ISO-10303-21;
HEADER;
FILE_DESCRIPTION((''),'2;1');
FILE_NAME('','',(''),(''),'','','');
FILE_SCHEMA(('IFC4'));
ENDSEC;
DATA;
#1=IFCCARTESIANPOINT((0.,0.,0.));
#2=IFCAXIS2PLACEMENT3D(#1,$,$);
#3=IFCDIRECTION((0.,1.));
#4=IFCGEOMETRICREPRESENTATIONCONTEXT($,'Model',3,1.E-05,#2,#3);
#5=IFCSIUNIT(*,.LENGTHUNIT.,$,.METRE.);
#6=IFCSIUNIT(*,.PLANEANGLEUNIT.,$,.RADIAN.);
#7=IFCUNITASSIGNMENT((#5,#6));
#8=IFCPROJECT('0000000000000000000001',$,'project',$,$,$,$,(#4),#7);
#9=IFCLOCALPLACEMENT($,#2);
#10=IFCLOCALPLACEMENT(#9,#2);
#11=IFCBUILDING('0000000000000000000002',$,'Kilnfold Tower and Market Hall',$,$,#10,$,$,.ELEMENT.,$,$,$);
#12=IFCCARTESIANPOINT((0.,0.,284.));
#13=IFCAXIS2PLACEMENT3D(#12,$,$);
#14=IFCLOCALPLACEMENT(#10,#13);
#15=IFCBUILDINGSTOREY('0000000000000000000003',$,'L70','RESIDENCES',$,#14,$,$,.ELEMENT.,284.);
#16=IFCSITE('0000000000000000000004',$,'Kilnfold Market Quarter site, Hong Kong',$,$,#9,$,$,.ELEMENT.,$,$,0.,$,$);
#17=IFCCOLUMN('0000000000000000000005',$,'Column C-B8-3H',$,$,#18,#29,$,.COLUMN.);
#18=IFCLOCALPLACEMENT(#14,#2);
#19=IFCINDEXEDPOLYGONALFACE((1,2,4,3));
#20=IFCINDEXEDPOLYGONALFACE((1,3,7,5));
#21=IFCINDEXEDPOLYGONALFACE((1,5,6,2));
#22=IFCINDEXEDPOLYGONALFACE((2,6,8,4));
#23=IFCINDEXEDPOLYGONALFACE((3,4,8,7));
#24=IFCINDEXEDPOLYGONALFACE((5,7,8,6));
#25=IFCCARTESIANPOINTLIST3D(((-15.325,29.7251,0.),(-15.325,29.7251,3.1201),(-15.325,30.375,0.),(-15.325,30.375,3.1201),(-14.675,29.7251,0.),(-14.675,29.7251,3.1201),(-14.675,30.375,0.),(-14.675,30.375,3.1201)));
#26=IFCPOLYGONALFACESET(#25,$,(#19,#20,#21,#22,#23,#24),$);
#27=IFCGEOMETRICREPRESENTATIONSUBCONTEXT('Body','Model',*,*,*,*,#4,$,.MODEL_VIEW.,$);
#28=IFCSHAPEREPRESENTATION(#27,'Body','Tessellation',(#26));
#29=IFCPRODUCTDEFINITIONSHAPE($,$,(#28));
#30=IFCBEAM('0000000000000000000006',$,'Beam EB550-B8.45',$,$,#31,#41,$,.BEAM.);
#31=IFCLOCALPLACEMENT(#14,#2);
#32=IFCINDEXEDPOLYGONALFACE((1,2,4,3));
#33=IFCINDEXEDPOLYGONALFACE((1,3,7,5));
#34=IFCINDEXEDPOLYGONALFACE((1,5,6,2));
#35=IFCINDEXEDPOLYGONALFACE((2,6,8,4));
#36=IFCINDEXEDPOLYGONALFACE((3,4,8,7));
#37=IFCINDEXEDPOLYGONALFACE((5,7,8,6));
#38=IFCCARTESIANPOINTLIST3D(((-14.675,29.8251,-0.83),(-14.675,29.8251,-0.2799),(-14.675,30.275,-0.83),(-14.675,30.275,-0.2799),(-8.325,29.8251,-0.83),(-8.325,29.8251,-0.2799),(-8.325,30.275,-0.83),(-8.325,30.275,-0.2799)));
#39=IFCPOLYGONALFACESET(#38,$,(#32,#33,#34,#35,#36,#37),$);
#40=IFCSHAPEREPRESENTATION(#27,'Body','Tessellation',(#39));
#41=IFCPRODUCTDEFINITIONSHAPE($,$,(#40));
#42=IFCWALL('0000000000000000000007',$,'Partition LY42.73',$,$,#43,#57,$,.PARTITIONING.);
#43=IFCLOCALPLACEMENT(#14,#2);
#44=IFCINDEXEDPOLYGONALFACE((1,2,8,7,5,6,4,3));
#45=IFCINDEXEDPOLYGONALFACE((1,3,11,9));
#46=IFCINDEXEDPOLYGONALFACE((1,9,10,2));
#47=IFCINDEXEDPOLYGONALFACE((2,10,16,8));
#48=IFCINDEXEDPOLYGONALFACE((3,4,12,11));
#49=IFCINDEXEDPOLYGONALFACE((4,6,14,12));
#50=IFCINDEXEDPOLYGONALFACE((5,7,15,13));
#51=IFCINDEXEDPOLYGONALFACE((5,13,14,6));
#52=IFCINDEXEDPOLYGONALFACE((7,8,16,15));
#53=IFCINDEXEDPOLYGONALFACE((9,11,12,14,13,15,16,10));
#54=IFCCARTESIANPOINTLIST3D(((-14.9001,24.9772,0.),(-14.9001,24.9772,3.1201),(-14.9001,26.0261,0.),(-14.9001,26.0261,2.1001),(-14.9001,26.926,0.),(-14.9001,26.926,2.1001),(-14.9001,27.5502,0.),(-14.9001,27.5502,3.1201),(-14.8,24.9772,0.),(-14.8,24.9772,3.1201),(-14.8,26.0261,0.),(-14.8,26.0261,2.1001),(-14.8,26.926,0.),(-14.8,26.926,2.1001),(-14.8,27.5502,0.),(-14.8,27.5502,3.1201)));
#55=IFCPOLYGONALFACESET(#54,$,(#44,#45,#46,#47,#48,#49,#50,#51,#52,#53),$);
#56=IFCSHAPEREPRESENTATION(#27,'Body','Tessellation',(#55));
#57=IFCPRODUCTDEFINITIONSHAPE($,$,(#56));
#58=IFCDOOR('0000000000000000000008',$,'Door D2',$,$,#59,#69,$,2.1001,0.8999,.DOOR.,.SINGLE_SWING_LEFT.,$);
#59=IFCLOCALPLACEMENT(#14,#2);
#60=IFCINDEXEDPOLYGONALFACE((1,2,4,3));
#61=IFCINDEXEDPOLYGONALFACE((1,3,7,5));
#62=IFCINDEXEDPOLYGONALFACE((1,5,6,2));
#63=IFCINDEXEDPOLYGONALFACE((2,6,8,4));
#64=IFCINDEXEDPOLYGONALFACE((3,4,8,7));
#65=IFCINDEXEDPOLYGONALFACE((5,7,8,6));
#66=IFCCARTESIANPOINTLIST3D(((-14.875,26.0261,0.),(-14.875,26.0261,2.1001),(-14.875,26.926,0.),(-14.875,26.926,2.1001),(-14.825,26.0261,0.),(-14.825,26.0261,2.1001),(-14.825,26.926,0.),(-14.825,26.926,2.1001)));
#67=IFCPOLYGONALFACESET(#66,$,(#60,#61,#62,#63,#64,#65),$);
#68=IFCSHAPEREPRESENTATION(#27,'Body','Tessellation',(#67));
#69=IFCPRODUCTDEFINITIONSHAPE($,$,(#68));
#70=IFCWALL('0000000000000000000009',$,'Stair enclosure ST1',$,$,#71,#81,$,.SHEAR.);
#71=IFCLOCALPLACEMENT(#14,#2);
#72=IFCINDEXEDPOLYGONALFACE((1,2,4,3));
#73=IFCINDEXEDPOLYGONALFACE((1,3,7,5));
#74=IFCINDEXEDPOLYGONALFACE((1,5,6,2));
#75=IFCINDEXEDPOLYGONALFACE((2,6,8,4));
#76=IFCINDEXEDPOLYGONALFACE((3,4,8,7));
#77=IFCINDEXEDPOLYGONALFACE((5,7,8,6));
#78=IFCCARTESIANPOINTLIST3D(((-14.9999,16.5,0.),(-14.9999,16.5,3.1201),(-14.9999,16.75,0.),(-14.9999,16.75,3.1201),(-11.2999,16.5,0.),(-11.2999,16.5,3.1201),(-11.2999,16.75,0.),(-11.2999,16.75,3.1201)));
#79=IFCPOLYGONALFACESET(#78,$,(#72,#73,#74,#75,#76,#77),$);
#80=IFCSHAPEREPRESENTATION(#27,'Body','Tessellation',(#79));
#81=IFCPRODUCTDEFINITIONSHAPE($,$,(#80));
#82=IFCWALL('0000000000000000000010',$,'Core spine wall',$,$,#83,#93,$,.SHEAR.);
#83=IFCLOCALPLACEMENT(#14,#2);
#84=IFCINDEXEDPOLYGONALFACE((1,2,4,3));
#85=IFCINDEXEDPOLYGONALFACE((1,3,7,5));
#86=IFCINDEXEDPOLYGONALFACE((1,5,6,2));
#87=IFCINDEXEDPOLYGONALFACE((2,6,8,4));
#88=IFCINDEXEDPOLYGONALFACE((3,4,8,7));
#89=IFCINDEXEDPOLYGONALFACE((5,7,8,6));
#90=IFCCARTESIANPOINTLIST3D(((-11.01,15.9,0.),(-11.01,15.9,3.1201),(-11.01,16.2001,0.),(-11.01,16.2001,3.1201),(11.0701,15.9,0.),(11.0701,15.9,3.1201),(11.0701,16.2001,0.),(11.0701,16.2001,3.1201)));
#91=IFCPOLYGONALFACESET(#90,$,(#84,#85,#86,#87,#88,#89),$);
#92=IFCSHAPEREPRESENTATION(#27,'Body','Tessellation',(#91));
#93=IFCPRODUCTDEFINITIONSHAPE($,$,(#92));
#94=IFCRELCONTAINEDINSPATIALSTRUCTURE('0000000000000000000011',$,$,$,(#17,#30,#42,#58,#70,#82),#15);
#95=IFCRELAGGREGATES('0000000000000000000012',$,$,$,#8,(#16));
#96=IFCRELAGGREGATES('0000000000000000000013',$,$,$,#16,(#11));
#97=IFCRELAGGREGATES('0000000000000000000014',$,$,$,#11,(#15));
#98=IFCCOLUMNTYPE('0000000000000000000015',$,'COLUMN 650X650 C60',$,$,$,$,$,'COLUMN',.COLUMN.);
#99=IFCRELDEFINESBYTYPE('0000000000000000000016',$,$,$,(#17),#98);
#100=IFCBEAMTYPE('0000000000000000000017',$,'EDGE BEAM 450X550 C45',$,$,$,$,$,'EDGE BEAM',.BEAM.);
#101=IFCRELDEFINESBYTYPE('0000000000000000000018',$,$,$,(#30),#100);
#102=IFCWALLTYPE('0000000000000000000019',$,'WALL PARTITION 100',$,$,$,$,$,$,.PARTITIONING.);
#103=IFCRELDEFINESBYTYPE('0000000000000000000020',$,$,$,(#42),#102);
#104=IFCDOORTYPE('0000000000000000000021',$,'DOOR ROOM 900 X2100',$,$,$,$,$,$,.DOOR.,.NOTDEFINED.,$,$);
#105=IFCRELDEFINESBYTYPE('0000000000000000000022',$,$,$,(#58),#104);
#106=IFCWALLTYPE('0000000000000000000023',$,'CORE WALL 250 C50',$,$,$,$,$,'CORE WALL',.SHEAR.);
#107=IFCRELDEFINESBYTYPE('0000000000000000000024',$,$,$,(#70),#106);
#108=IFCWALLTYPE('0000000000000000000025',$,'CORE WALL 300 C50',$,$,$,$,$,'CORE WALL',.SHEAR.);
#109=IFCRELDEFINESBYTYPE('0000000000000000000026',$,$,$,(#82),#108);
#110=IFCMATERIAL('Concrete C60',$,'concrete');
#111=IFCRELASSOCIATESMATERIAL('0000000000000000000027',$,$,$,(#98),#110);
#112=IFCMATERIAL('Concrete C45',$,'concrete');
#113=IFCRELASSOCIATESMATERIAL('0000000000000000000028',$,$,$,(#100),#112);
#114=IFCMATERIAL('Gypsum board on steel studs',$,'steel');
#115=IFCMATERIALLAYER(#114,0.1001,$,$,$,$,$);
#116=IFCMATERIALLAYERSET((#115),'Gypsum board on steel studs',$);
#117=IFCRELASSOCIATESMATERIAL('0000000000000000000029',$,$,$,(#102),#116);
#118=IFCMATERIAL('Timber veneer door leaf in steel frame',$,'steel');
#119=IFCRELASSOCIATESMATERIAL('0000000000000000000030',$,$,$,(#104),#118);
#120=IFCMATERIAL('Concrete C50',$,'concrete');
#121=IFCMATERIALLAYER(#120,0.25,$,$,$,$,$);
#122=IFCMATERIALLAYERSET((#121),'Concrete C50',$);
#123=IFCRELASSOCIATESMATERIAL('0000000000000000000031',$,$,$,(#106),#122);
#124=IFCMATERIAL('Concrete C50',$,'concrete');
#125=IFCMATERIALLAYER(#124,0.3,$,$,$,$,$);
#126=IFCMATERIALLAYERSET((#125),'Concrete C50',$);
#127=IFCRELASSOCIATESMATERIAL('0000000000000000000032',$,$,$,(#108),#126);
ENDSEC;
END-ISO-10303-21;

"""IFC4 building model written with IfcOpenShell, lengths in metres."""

from ifc_helpers import new_model, si_unit, direction, frame, frame_2d, origin, origin_2d, place, context, subcontext, project, spatial, rectangle, extrude, source, transform, mapped, material, layer, layer_set, material_profile, profile_set, type_object, element, fill, save


model = new_model("IFC4")

# Units and contexts
model_context = context("Model", 3, precision=1e-05, world=origin(), true_north=direction((0.0, 1.0)))
body_context = subcontext(model_context, "Body", "Model", "MODEL_VIEW")
ifc_project = project(units=[si_unit("LENGTHUNIT", "METRE"), si_unit("PLANEANGLEUNIT", "RADIAN")], contexts=[model_context])

# Site, building, storey
site_placement = place(None, origin())
site = spatial("IfcSite", under=ifc_project, at=site_placement, Name="Kilnfold Market Quarter site, Hong Kong", CompositionType="ELEMENT", RefElevation=0.0)
building_placement = place(site_placement, origin())
building = spatial("IfcBuilding", under=site, at=building_placement, Name="Kilnfold Tower and Market Hall", CompositionType="ELEMENT")
storey_placement = place(building_placement, frame((0.0, 0.0, 284.0)))
storey = spatial("IfcBuildingStorey", under=building, at=storey_placement, Name="L70", Description="RESIDENCES", CompositionType="ELEMENT", Elevation=284.0)

# Column
ifc_material_1 = material(Name="Concrete C60", Category="concrete")
ifc_material_profile_1 = material_profile(ifc_material_1, rectangle(XDim=0.6499, YDim=0.6499, at=origin_2d()), Name="RC 650x650")
ifc_profile_set_1 = profile_set([ifc_material_profile_1], Name="Concrete C60")
column_type = type_object("IfcColumnType", Name="COLUMN 650X650 C60", ElementType="COLUMN", PredefinedType="COLUMN", material=ifc_profile_set_1)
shared_shape_1 = source(origin(), body_context, "Body", "SweptSolid", [
    extrude(rectangle(XDim=0.6499, YDim=0.6499, at=origin_2d()), origin(), (0.0, 0.0, 1.0), 3.1201),
])
column_placement = place(storey_placement, frame((-15.0, 30.05, 0.0), z_axis=(0.0, 0.0, 1.0), x_axis=(1.0, 0.0, 0.0)))
element("IfcColumn", 1, at=column_placement, inside=storey, type_object=column_type, Name="Column C-B8-3H", PredefinedType="COLUMN", context=body_context, shape_type="MappedRepresentation", body=[
    mapped(shared_shape_1, transform((0.0, 0.0, 0.0))),
])

# Beam
ifc_material_2 = material(Name="Concrete C45", Category="concrete")
ifc_material_profile_2 = material_profile(ifc_material_2, rectangle(XDim=0.45, YDim=0.55, at=origin_2d()), Name="RC 450x550")
ifc_profile_set_2 = profile_set([ifc_material_profile_2], Name="Concrete C45")
beam_type = type_object("IfcBeamType", Name="EDGE BEAM 450X550 C45", ElementType="EDGE BEAM", PredefinedType="BEAM", material=ifc_profile_set_2)
shared_shape_2 = source(origin(), body_context, "Body", "SweptSolid", [
    extrude(rectangle(XDim=0.45, YDim=0.55, at=origin_2d()), origin(), (0.0, 0.0, 1.0), 6.3501),
])
beam_placement = place(storey_placement, frame((-14.675, 30.05, -0.5549), z_axis=(1.0, 0.0, 0.0), x_axis=(0.0, 1.0, 0.0)))
element("IfcBeam", 2, at=beam_placement, inside=storey, type_object=beam_type, Name="Beam EB550-B8.45", PredefinedType="BEAM", context=body_context, shape_type="MappedRepresentation", body=[
    mapped(shared_shape_2, transform((0.0, 0.0, 0.0))),
])

# Wall, opening, door
ifc_material_3 = material(Name="Gypsum board on steel studs", Category="steel")
ifc_layer_1 = layer(ifc_material_3, 0.1001)
ifc_layer_set_1 = layer_set([ifc_layer_1], Name="Gypsum board on steel studs")
wall_type_1 = type_object("IfcWallType", Name="WALL PARTITION 100", PredefinedType="PARTITIONING", material=ifc_layer_set_1)
wall_1_placement = place(storey_placement, frame((-14.8501, 24.9771, 0.0), z_axis=(0.0, 0.0, 1.0), x_axis=(0.0, 1.0, 0.0)))
wall_1 = element("IfcWall", 3, at=wall_1_placement, inside=storey, type_object=wall_type_1, Name="Partition LY42.73", PredefinedType="PARTITIONING", context=body_context, shape_type="SweptSolid", body=[
    extrude(rectangle(XDim=2.573, YDim=0.1001, at=frame_2d((1.2866, 0.0))), origin(), (0.0, 0.0, 1.0), 3.1201),
])
opening_1_placement = place(wall_1_placement, frame((1.0491, 0.0, 0.0)))
opening_1 = element("IfcOpeningElement", 4, at=opening_1_placement, cuts=wall_1, PredefinedType="OPENING", context=body_context, shape_type="SweptSolid", body=[
    extrude(rectangle(XDim=0.8999, YDim=2.1001, at=frame_2d((0.45, 1.05))), frame((0.0, 0.0601, 0.0), z_axis=(0.0, -1.0, 0.0), x_axis=(1.0, 0.0, 0.0)), (0.0, 0.0, 1.0), 0.1201),
])
ifc_material_4 = material(Name="Timber veneer door leaf in steel frame", Category="steel")
door_type_1 = type_object("IfcDoorType", Name="DOOR ROOM 900 X2100", OperationType="NOTDEFINED", PredefinedType="DOOR", material=ifc_material_4)
door_1_placement = place(opening_1_placement, origin())
door_1 = element("IfcDoor", 5, at=door_1_placement, inside=storey, type_object=door_type_1, Name="Door D2", OperationType="SINGLE_SWING_LEFT", OverallHeight=2.1001, OverallWidth=0.8999, PredefinedType="DOOR", context=body_context, shape_type="SweptSolid", body=[
    extrude(rectangle(XDim=0.8999, YDim=2.1001, at=frame_2d((0.45, 1.05))), frame((0.0, 0.0249, 0.0), z_axis=(0.0, -1.0, 0.0), x_axis=(1.0, 0.0, 0.0)), (0.0, 0.0, 1.0), 0.05),
])
fill(opening_1, door_1)

# Walls
ifc_material_5 = material(Name="Concrete C50", Category="concrete")
ifc_layer_2 = layer(ifc_material_5, 0.25)
ifc_layer_set_2 = layer_set([ifc_layer_2], Name="Concrete C50")
wall_type_2 = type_object("IfcWallType", Name="CORE WALL 250 C50", ElementType="CORE WALL", PredefinedType="SHEAR", material=ifc_layer_set_2)
shared_shape_3 = source(origin(), body_context, "Body", "SweptSolid", [
    extrude(rectangle(XDim=3.7, YDim=0.25, at=frame_2d((1.8501, 0.0))), origin(), (0.0, 0.0, 1.0), 3.1201),
])
wall_2_placement = place(storey_placement, frame((-15.0, 16.625, 0.0), z_axis=(0.0, 0.0, 1.0), x_axis=(1.0, 0.0, 0.0)))
element("IfcWall", 6, at=wall_2_placement, inside=storey, type_object=wall_type_2, Name="Stair enclosure ST1", PredefinedType="SHEAR", context=body_context, shape_type="MappedRepresentation", body=[
    mapped(shared_shape_3, transform((0.0, 0.0, 0.0))),
])
ifc_material_6 = material(Name="Concrete C50", Category="concrete")
ifc_layer_3 = layer(ifc_material_6, 0.3)
ifc_layer_set_3 = layer_set([ifc_layer_3], Name="Concrete C50")
wall_type_3 = type_object("IfcWallType", Name="CORE WALL 300 C50", ElementType="CORE WALL", PredefinedType="SHEAR", material=ifc_layer_set_3)
shared_shape_4 = source(origin(), body_context, "Body", "SweptSolid", [
    extrude(rectangle(XDim=22.0801, YDim=0.3, at=frame_2d((11.04, 0.0))), origin(), (0.0, 0.0, 1.0), 3.1201),
])
wall_3_placement = place(storey_placement, frame((-11.01, 16.05, 0.0), z_axis=(0.0, 0.0, 1.0), x_axis=(1.0, 0.0, 0.0)))
element("IfcWall", 7, at=wall_3_placement, inside=storey, type_object=wall_type_3, Name="Core spine wall", PredefinedType="SHEAR", context=body_context, shape_type="MappedRepresentation", body=[
    mapped(shared_shape_4, transform((0.0, 0.0, 0.0))),
])

save(model, "model.ifc")
